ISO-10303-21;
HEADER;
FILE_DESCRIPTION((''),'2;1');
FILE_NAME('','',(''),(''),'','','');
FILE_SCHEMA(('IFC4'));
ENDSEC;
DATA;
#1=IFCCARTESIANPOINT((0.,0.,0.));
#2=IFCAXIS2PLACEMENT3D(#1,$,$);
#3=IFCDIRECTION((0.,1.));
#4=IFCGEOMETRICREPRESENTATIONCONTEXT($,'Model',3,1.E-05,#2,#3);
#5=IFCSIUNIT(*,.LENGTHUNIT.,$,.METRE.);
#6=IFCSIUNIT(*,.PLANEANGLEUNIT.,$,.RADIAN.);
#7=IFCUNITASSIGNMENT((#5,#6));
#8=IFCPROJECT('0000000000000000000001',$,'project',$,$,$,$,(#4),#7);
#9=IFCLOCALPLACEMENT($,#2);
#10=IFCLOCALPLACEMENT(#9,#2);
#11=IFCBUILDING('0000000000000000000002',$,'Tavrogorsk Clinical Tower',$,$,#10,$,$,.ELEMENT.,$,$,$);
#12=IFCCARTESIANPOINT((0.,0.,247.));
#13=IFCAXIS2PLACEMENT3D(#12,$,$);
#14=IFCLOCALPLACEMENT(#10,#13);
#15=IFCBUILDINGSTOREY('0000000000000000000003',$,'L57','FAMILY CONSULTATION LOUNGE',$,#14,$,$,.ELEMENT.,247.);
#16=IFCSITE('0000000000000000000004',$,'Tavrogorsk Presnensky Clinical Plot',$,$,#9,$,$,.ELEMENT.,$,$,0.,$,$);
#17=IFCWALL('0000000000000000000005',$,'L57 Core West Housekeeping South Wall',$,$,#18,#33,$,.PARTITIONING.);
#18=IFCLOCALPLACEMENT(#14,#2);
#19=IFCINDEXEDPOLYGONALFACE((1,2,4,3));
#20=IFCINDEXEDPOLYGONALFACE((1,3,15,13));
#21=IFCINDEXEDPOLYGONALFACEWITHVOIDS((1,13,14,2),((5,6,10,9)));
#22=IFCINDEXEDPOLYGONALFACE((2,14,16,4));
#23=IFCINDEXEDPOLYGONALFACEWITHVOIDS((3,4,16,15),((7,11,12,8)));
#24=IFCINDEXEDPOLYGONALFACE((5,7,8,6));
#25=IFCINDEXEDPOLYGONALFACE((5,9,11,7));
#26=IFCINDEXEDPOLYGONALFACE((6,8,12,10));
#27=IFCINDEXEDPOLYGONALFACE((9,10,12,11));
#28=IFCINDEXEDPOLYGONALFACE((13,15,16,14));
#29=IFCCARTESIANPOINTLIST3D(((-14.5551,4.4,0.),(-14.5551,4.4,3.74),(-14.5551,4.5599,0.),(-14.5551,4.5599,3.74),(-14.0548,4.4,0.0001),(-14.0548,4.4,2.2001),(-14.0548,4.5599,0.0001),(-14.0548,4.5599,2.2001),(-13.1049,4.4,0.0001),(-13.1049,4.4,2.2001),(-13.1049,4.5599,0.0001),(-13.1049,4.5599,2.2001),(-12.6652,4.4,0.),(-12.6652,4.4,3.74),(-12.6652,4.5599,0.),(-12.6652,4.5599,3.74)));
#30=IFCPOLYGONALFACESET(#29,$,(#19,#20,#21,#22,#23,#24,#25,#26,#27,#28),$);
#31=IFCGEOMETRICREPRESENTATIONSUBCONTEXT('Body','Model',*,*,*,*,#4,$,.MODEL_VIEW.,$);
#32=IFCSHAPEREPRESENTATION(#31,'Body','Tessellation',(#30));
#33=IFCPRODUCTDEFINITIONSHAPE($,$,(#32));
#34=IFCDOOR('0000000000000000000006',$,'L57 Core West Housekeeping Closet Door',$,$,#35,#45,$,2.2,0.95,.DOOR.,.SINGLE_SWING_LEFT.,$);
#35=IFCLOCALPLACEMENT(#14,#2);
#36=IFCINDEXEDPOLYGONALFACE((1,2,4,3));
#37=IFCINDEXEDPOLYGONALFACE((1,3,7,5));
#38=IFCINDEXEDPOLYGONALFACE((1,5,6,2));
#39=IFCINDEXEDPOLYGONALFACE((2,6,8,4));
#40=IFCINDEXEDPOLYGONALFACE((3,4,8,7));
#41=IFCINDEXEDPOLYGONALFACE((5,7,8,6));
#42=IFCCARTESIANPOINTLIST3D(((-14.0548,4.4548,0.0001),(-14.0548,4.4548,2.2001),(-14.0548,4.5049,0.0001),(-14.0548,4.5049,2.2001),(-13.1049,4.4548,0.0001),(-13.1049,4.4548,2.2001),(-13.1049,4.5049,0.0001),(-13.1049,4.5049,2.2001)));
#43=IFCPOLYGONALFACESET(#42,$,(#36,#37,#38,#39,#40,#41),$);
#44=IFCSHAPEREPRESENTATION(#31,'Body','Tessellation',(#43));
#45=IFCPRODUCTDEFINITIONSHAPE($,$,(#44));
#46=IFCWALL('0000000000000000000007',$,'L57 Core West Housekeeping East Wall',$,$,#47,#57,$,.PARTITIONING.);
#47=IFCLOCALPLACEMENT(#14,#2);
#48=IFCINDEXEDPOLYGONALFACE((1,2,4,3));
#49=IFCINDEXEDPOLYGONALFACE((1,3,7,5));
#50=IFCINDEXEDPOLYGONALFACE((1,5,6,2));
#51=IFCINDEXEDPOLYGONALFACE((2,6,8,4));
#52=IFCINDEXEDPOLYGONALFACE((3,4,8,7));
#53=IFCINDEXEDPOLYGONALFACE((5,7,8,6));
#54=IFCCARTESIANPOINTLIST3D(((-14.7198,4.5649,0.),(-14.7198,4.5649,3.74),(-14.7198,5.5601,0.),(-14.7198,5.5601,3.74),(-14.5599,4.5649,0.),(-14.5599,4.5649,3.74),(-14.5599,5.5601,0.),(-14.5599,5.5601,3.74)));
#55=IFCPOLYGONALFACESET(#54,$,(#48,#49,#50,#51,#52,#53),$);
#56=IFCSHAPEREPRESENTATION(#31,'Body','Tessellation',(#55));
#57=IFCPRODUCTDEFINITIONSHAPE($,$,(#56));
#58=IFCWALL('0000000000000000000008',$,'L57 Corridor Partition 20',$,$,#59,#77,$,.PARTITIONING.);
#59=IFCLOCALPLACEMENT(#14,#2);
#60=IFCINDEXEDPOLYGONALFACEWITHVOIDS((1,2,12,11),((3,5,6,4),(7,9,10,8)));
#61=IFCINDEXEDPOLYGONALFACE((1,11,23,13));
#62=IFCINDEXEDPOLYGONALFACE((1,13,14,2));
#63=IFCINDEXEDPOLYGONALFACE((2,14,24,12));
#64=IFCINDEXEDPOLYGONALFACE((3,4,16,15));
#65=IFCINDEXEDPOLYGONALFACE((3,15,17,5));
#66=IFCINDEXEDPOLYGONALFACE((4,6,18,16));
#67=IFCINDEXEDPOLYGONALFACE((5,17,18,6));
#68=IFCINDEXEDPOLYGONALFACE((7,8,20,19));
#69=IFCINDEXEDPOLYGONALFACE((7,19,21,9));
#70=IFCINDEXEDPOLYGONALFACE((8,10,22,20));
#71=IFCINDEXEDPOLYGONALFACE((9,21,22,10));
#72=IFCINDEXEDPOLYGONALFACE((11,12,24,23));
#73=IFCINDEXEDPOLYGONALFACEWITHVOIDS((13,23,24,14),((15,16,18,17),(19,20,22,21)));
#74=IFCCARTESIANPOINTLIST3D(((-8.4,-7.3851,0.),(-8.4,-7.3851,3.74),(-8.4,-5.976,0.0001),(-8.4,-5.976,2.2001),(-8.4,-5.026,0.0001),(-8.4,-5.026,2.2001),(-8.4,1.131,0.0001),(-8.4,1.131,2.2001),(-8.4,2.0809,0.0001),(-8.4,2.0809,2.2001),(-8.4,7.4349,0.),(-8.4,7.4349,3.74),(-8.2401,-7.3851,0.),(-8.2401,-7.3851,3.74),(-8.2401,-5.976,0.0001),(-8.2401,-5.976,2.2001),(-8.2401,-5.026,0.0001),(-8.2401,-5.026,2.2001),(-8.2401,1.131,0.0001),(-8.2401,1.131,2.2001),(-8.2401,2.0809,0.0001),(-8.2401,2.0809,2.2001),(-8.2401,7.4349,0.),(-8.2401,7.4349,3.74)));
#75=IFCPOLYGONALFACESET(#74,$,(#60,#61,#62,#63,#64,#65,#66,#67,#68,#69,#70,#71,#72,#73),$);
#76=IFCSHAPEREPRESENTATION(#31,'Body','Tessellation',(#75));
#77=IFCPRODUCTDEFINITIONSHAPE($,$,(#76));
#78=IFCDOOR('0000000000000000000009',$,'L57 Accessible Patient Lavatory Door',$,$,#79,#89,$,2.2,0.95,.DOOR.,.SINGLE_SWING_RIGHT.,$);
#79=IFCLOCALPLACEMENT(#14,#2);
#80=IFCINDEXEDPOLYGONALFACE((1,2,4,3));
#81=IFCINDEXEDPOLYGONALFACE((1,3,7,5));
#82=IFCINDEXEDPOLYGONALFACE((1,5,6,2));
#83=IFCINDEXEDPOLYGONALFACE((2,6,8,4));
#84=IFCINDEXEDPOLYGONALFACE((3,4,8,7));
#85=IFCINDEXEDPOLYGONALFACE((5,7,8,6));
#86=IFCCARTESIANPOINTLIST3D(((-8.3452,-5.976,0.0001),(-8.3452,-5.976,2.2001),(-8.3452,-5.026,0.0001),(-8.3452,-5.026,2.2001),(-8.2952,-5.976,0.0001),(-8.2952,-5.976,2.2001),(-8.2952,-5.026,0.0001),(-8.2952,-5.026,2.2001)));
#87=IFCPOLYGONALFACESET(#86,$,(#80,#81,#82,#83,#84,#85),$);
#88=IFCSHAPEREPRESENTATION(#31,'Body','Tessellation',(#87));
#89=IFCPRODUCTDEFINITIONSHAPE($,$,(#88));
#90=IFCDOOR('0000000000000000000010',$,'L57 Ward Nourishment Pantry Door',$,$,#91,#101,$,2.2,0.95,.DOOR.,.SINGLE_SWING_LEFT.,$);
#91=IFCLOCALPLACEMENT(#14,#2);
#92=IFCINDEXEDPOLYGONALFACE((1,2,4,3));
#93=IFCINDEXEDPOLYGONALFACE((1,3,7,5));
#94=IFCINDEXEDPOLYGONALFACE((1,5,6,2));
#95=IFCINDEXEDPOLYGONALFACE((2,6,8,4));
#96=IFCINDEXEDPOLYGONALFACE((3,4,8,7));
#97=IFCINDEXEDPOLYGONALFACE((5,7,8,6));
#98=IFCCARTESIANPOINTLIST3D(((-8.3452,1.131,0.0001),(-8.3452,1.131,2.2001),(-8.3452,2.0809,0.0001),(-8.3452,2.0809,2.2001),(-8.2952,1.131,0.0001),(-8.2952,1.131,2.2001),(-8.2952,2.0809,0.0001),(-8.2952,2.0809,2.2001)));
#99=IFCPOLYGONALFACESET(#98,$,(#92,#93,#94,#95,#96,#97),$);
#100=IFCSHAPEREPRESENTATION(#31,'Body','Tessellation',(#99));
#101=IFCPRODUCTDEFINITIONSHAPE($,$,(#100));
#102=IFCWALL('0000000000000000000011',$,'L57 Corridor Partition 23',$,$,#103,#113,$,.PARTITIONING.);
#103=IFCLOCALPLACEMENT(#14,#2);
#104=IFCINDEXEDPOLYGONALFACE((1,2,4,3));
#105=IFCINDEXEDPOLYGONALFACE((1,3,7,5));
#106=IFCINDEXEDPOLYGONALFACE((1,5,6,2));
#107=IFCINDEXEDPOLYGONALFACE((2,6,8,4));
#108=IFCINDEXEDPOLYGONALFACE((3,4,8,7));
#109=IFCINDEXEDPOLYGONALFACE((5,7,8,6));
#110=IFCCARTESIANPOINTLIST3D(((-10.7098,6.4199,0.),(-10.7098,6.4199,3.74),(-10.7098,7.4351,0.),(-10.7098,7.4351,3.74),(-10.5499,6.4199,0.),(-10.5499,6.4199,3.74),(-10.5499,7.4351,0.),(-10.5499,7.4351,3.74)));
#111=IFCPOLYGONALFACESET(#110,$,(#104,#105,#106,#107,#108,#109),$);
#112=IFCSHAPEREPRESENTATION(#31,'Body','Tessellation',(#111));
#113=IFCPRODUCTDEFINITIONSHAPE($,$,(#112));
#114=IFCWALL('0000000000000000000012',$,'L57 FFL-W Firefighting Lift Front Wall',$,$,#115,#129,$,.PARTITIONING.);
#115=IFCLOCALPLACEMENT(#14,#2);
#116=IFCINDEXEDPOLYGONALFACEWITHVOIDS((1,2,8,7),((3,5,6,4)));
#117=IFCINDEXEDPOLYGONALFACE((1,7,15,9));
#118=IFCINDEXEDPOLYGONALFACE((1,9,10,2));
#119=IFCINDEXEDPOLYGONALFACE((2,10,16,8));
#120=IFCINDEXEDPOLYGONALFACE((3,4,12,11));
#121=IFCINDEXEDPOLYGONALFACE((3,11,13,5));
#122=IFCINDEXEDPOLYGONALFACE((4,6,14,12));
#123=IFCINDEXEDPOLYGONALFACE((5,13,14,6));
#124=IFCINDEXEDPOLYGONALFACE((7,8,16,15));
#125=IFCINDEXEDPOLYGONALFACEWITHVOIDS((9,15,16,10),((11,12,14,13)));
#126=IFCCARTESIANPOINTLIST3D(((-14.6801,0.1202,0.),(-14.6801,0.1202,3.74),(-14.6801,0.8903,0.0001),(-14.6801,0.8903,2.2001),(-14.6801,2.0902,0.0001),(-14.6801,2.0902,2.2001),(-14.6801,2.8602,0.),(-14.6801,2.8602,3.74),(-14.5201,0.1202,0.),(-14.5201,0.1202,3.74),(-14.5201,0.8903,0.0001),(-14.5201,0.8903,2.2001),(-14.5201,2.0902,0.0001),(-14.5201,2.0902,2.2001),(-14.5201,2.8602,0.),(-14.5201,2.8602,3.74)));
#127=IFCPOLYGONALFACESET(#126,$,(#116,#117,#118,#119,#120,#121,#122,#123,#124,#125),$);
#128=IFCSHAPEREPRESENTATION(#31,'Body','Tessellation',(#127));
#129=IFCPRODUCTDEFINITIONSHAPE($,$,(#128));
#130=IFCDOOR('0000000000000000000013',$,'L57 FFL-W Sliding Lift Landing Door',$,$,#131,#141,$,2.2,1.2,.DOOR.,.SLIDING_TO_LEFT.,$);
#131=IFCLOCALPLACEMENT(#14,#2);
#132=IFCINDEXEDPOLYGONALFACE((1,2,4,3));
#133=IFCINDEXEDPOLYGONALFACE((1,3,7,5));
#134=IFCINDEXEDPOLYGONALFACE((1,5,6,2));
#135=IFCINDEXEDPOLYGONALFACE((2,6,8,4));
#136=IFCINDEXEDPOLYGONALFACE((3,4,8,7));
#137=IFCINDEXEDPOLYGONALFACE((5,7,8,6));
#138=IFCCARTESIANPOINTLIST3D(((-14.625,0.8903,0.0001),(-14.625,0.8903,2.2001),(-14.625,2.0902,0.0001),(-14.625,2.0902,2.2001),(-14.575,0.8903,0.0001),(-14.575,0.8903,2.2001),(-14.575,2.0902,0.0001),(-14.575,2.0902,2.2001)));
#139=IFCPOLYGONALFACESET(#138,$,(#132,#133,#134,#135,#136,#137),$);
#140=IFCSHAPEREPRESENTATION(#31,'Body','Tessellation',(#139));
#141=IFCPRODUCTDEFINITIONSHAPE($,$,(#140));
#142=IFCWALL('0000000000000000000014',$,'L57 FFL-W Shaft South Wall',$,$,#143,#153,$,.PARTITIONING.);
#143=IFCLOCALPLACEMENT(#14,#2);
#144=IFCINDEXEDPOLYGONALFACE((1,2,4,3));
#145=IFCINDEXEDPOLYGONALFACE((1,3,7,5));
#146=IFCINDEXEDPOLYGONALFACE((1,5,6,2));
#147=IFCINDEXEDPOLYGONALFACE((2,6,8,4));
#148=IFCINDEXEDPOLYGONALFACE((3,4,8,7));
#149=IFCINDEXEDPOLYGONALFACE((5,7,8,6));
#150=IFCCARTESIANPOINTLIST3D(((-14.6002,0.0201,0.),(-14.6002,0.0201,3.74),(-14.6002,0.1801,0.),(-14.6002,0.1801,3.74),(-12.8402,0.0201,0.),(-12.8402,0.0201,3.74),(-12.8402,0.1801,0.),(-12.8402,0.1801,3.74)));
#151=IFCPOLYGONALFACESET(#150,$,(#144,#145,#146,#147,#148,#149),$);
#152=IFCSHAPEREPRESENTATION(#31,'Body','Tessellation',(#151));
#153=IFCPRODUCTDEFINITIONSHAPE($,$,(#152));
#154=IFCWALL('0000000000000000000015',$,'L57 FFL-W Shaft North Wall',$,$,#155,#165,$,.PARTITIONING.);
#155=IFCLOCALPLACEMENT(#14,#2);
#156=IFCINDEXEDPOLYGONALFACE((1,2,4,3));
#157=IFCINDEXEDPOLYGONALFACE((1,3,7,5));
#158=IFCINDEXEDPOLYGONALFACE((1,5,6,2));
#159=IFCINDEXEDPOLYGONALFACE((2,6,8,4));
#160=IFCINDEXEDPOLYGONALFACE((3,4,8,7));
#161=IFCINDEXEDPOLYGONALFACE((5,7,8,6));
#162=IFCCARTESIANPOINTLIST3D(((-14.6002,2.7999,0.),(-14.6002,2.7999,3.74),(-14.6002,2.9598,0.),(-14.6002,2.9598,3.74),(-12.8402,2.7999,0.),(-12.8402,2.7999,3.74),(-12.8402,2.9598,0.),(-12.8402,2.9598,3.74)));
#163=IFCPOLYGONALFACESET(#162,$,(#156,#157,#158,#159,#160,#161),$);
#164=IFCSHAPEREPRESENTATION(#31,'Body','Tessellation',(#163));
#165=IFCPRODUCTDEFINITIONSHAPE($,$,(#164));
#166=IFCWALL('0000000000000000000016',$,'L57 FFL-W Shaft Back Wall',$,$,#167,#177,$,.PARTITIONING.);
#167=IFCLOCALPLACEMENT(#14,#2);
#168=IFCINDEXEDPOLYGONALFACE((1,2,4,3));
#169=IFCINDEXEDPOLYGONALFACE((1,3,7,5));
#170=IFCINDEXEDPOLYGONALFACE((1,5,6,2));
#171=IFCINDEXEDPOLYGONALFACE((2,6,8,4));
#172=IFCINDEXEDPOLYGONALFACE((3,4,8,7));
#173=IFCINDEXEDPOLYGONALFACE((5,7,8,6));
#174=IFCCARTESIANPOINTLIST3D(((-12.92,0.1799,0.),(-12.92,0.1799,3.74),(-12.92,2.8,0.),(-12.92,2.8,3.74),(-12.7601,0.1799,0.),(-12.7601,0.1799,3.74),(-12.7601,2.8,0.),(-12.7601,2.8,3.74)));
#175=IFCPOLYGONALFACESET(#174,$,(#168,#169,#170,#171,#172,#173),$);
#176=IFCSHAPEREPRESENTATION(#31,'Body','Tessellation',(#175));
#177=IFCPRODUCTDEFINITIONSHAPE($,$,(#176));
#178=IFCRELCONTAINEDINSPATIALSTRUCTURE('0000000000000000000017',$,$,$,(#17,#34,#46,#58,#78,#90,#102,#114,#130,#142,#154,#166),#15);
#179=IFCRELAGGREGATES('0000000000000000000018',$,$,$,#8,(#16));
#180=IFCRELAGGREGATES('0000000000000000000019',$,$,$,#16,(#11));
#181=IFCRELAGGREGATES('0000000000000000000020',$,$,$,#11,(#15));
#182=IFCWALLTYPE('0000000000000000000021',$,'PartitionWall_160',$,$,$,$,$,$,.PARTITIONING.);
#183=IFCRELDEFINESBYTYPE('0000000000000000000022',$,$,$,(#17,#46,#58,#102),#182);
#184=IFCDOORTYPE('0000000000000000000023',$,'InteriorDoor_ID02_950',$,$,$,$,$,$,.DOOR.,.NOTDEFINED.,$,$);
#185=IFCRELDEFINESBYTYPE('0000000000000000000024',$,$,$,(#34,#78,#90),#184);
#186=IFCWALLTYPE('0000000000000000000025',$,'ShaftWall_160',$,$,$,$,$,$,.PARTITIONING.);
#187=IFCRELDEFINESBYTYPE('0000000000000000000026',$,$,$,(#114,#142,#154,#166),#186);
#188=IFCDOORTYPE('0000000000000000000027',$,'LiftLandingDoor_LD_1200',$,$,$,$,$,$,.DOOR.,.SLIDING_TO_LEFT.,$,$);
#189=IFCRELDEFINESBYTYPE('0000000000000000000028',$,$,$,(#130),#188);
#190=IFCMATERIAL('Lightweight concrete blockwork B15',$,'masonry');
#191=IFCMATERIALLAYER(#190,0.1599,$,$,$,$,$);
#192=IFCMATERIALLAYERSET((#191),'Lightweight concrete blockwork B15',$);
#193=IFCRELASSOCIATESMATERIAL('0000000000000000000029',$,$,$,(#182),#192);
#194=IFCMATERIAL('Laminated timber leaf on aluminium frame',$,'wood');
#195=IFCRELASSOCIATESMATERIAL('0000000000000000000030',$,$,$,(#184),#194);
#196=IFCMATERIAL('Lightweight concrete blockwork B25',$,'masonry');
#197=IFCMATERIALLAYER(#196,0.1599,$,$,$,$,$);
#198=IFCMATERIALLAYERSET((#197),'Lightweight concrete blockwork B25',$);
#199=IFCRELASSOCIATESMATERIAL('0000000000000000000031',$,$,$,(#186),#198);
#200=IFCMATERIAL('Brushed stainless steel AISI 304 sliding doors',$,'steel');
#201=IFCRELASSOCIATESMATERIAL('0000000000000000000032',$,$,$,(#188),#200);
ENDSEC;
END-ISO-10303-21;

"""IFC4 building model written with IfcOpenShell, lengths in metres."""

from ifc_helpers import new_model, si_unit, direction, frame, frame_2d, origin, place, context, subcontext, project, spatial, rectangle, extrude, material, layer, layer_set, type_object, element, fill, save


model = new_model("IFC4")

# Units and contexts
model_context = context("Model", 3, precision=1e-05, world=origin(), true_north=direction((0.0, 1.0)))
body_context = subcontext(model_context, "Body", "Model", "MODEL_VIEW")
ifc_project = project(units=[si_unit("LENGTHUNIT", "METRE"), si_unit("PLANEANGLEUNIT", "RADIAN")], contexts=[model_context])

# Site, building, storey
site_placement = place(None, origin())
site = spatial("IfcSite", under=ifc_project, at=site_placement, Name="Tavrogorsk Presnensky Clinical Plot", CompositionType="ELEMENT", RefElevation=0.0)
building_placement = place(site_placement, origin())
building = spatial("IfcBuilding", under=site, at=building_placement, Name="Tavrogorsk Clinical Tower", CompositionType="ELEMENT")
storey_placement = place(building_placement, frame((0.0, 0.0, 247.0)))
storey = spatial("IfcBuildingStorey", under=building, at=storey_placement, Name="L57", Description="FAMILY CONSULTATION LOUNGE", CompositionType="ELEMENT", Elevation=247.0)

# Wall, opening, door
ifc_material_1 = material(Name="Lightweight concrete blockwork B15", Category="masonry")
ifc_layer_1 = layer(ifc_material_1, 0.1599)
ifc_layer_set_1 = layer_set([ifc_layer_1], Name="Lightweight concrete blockwork B15")
wall_type_1 = type_object("IfcWallType", Name="PartitionWall_160", PredefinedType="PARTITIONING", material=ifc_layer_set_1)
ifc_material_2 = material(Name="Laminated timber leaf on aluminium frame", Category="wood")
door_type_1 = type_object("IfcDoorType", Name="InteriorDoor_ID02_950", OperationType="NOTDEFINED", PredefinedType="DOOR", material=ifc_material_2)
wall_1_placement = place(storey_placement, frame((-14.5549, 4.48, 0.0), z_axis=(0.0, 0.0, 1.0), x_axis=(1.0, 0.0, 0.0)))
wall_1 = element("IfcWall", 1, at=wall_1_placement, inside=storey, type_object=wall_type_1, Name="L57 Core West Housekeeping South Wall", PredefinedType="PARTITIONING", context=body_context, shape_type="SweptSolid", body=[
    extrude(rectangle(XDim=1.8899, YDim=0.1599, at=frame_2d((0.9448, 0.0))), origin(), (0.0, 0.0, 1.0), 3.74),
])
opening_1_placement = place(wall_1_placement, frame((0.5, 0.0, 0.0)))
opening_1 = element("IfcOpeningElement", 2, at=opening_1_placement, cuts=wall_1, PredefinedType="OPENING", context=body_context, shape_type="SweptSolid", body=[
    extrude(rectangle(XDim=0.95, YDim=2.2, at=frame_2d((0.4751, 1.1001))), frame((0.0, 0.0898, 0.0), z_axis=(0.0, -1.0, 0.0), x_axis=(1.0, 0.0, 0.0)), (0.0, 0.0, 1.0), 0.1799),
])
door_1_placement = place(opening_1_placement, origin())
door_1 = element("IfcDoor", 3, at=door_1_placement, inside=storey, type_object=door_type_1, Name="L57 Core West Housekeeping Closet Door", OperationType="SINGLE_SWING_LEFT", OverallHeight=2.2, OverallWidth=0.95, PredefinedType="DOOR", context=body_context, shape_type="SweptSolid", body=[
    extrude(rectangle(XDim=0.95, YDim=2.2, at=frame_2d((0.4751, 1.1001))), frame((0.0, 0.0249, 0.0), z_axis=(0.0, -1.0, 0.0), x_axis=(1.0, 0.0, 0.0)), (0.0, 0.0, 1.0), 0.05),
])
fill(opening_1, door_1)

# Wall
wall_2_placement = place(storey_placement, frame((-14.6399, 4.5649, 0.0), z_axis=(0.0, 0.0, 1.0), x_axis=(0.0, 1.0, 0.0)))
element("IfcWall", 4, at=wall_2_placement, inside=storey, type_object=wall_type_1, Name="L57 Core West Housekeeping East Wall", PredefinedType="PARTITIONING", context=body_context, shape_type="SweptSolid", body=[
    extrude(rectangle(XDim=0.9951, YDim=0.1599, at=frame_2d((0.4976, 0.0))), origin(), (0.0, 0.0, 1.0), 3.74),
])

# Wall, openings, doors
wall_3_placement = place(storey_placement, frame((-8.3201, 7.4351, 0.0), z_axis=(0.0, 0.0, 1.0), x_axis=(0.0, -1.0, 0.0)))
wall_3 = element("IfcWall", 5, at=wall_3_placement, inside=storey, type_object=wall_type_1, Name="L57 Corridor Partition 20", PredefinedType="PARTITIONING", context=body_context, shape_type="SweptSolid", body=[
    extrude(rectangle(XDim=14.8201, YDim=0.1599, at=frame_2d((7.4102, 0.0))), origin(), (0.0, 0.0, 1.0), 3.74),
])
opening_2_placement = place(wall_3_placement, frame((12.4609, 0.0, 0.0)))
opening_2 = element("IfcOpeningElement", 6, at=opening_2_placement, cuts=wall_3, PredefinedType="OPENING", context=body_context, shape_type="SweptSolid", body=[
    extrude(rectangle(XDim=0.95, YDim=2.2, at=frame_2d((0.4751, 1.1001))), frame((0.0, 0.0898, 0.0), z_axis=(0.0, -1.0, 0.0), x_axis=(1.0, 0.0, 0.0)), (0.0, 0.0, 1.0), 0.1799),
])
opening_3_placement = place(wall_3_placement, frame((5.354, 0.0, 0.0)))
opening_3 = element("IfcOpeningElement", 7, at=opening_3_placement, cuts=wall_3, PredefinedType="OPENING", context=body_context, shape_type="SweptSolid", body=[
    extrude(rectangle(XDim=0.95, YDim=2.2, at=frame_2d((0.4751, 1.1001))), frame((0.0, 0.0898, 0.0), z_axis=(0.0, -1.0, 0.0), x_axis=(1.0, 0.0, 0.0)), (0.0, 0.0, 1.0), 0.1799),
])
door_2_placement = place(opening_2_placement, origin())
door_2 = element("IfcDoor", 8, at=door_2_placement, inside=storey, type_object=door_type_1, Name="L57 Accessible Patient Lavatory Door", OperationType="SINGLE_SWING_RIGHT", OverallHeight=2.2, OverallWidth=0.95, PredefinedType="DOOR", context=body_context, shape_type="SweptSolid", body=[
    extrude(rectangle(XDim=0.95, YDim=2.2, at=frame_2d((0.4751, 1.1001))), frame((0.0, 0.0249, 0.0), z_axis=(0.0, -1.0, 0.0), x_axis=(1.0, 0.0, 0.0)), (0.0, 0.0, 1.0), 0.05),
])
fill(opening_2, door_2)
door_3_placement = place(opening_3_placement, origin())
door_3 = element("IfcDoor", 9, at=door_3_placement, inside=storey, type_object=door_type_1, Name="L57 Ward Nourishment Pantry Door", OperationType="SINGLE_SWING_LEFT", OverallHeight=2.2, OverallWidth=0.95, PredefinedType="DOOR", context=body_context, shape_type="SweptSolid", body=[
    extrude(rectangle(XDim=0.95, YDim=2.2, at=frame_2d((0.4751, 1.1001))), frame((0.0, 0.0249, 0.0), z_axis=(0.0, -1.0, 0.0), x_axis=(1.0, 0.0, 0.0)), (0.0, 0.0, 1.0), 0.05),
])
fill(opening_3, door_3)

# Wall
wall_4_placement = place(storey_placement, frame((-10.6299, 6.4199, 0.0), z_axis=(0.0, 0.0, 1.0), x_axis=(0.0, 1.0, 0.0)))
element("IfcWall", 10, at=wall_4_placement, inside=storey, type_object=wall_type_1, Name="L57 Corridor Partition 23", PredefinedType="PARTITIONING", context=body_context, shape_type="SweptSolid", body=[
    extrude(rectangle(XDim=1.0151, YDim=0.1599, at=frame_2d((0.5076, 0.0))), origin(), (0.0, 0.0, 1.0), 3.74),
])

# Wall, opening, door
ifc_material_3 = material(Name="Lightweight concrete blockwork B25", Category="masonry")
ifc_layer_2 = layer(ifc_material_3, 0.1599)
ifc_layer_set_2 = layer_set([ifc_layer_2], Name="Lightweight concrete blockwork B25")
wall_type_2 = type_object("IfcWallType", Name="ShaftWall_160", PredefinedType="PARTITIONING", material=ifc_layer_set_2)
wall_5_placement = place(storey_placement, frame((-14.6001, 0.1201, 0.0), z_axis=(0.0, 0.0, 1.0), x_axis=(0.0, 1.0, 0.0)))
wall_5 = element("IfcWall", 11, at=wall_5_placement, inside=storey, type_object=wall_type_2, Name="L57 FFL-W Firefighting Lift Front Wall", PredefinedType="PARTITIONING", context=body_context, shape_type="SweptSolid", body=[
    extrude(rectangle(XDim=2.74, YDim=0.1599, at=frame_2d((1.3701, 0.0))), origin(), (0.0, 0.0, 1.0), 3.74),
])
opening_4_placement = place(wall_5_placement, frame((0.77, 0.0, 0.0)))
opening_4 = element("IfcOpeningElement", 12, at=opening_4_placement, cuts=wall_5, PredefinedType="OPENING", context=body_context, shape_type="SweptSolid", body=[
    extrude(rectangle(XDim=1.2, YDim=2.2, at=frame_2d((0.6001, 1.1001))), frame((0.0, 0.0898, 0.0), z_axis=(0.0, -1.0, 0.0), x_axis=(1.0, 0.0, 0.0)), (0.0, 0.0, 1.0), 0.1799),
])
ifc_material_4 = material(Name="Brushed stainless steel AISI 304 sliding doors", Category="steel")
door_type_2 = type_object("IfcDoorType", Name="LiftLandingDoor_LD_1200", OperationType="SLIDING_TO_LEFT", PredefinedType="DOOR", material=ifc_material_4)
door_4_placement = place(opening_4_placement, origin())
door_4 = element("IfcDoor", 13, at=door_4_placement, inside=storey, type_object=door_type_2, Name="L57 FFL-W Sliding Lift Landing Door", OperationType="SLIDING_TO_LEFT", OverallHeight=2.2, OverallWidth=1.2, PredefinedType="DOOR", context=body_context, shape_type="SweptSolid", body=[
    extrude(rectangle(XDim=1.2, YDim=2.2, at=frame_2d((0.6001, 1.1001))), frame((0.0, 0.0249, 0.0), z_axis=(0.0, -1.0, 0.0), x_axis=(1.0, 0.0, 0.0)), (0.0, 0.0, 1.0), 0.05),
])
fill(opening_4, door_4)

# Walls
for number, where, z_axis, x_axis, name in (
    (14, (-14.6001, 0.1001, 0.0), (0.0, 0.0, 1.0), (1.0, 0.0, 0.0), "L57 FFL-W Shaft South Wall"),
    (15, (-14.6001, 2.8799, 0.0), (0.0, 0.0, 1.0), (1.0, 0.0, 0.0), "L57 FFL-W Shaft North Wall"),
):
    element("IfcWall", number, at=place(storey_placement, frame(where, z_axis=z_axis, x_axis=x_axis)), inside=storey, type_object=wall_type_2, Name=name, PredefinedType="PARTITIONING", context=body_context, shape_type="SweptSolid", body=[
        extrude(rectangle(XDim=1.76, YDim=0.1599, at=frame_2d((0.8799, 0.0))), origin(), (0.0, 0.0, 1.0), 3.74),
    ])
wall_6_placement = place(storey_placement, frame((-12.8401, 0.1799, 0.0), z_axis=(0.0, 0.0, 1.0), x_axis=(0.0, 1.0, 0.0)))
element("IfcWall", 16, at=wall_6_placement, inside=storey, type_object=wall_type_2, Name="L57 FFL-W Shaft Back Wall", PredefinedType="PARTITIONING", context=body_context, shape_type="SweptSolid", body=[
    extrude(rectangle(XDim=2.6201, YDim=0.1599, at=frame_2d((1.3101, 0.0))), origin(), (0.0, 0.0, 1.0), 3.74),
])

save(model, "model.ifc")
